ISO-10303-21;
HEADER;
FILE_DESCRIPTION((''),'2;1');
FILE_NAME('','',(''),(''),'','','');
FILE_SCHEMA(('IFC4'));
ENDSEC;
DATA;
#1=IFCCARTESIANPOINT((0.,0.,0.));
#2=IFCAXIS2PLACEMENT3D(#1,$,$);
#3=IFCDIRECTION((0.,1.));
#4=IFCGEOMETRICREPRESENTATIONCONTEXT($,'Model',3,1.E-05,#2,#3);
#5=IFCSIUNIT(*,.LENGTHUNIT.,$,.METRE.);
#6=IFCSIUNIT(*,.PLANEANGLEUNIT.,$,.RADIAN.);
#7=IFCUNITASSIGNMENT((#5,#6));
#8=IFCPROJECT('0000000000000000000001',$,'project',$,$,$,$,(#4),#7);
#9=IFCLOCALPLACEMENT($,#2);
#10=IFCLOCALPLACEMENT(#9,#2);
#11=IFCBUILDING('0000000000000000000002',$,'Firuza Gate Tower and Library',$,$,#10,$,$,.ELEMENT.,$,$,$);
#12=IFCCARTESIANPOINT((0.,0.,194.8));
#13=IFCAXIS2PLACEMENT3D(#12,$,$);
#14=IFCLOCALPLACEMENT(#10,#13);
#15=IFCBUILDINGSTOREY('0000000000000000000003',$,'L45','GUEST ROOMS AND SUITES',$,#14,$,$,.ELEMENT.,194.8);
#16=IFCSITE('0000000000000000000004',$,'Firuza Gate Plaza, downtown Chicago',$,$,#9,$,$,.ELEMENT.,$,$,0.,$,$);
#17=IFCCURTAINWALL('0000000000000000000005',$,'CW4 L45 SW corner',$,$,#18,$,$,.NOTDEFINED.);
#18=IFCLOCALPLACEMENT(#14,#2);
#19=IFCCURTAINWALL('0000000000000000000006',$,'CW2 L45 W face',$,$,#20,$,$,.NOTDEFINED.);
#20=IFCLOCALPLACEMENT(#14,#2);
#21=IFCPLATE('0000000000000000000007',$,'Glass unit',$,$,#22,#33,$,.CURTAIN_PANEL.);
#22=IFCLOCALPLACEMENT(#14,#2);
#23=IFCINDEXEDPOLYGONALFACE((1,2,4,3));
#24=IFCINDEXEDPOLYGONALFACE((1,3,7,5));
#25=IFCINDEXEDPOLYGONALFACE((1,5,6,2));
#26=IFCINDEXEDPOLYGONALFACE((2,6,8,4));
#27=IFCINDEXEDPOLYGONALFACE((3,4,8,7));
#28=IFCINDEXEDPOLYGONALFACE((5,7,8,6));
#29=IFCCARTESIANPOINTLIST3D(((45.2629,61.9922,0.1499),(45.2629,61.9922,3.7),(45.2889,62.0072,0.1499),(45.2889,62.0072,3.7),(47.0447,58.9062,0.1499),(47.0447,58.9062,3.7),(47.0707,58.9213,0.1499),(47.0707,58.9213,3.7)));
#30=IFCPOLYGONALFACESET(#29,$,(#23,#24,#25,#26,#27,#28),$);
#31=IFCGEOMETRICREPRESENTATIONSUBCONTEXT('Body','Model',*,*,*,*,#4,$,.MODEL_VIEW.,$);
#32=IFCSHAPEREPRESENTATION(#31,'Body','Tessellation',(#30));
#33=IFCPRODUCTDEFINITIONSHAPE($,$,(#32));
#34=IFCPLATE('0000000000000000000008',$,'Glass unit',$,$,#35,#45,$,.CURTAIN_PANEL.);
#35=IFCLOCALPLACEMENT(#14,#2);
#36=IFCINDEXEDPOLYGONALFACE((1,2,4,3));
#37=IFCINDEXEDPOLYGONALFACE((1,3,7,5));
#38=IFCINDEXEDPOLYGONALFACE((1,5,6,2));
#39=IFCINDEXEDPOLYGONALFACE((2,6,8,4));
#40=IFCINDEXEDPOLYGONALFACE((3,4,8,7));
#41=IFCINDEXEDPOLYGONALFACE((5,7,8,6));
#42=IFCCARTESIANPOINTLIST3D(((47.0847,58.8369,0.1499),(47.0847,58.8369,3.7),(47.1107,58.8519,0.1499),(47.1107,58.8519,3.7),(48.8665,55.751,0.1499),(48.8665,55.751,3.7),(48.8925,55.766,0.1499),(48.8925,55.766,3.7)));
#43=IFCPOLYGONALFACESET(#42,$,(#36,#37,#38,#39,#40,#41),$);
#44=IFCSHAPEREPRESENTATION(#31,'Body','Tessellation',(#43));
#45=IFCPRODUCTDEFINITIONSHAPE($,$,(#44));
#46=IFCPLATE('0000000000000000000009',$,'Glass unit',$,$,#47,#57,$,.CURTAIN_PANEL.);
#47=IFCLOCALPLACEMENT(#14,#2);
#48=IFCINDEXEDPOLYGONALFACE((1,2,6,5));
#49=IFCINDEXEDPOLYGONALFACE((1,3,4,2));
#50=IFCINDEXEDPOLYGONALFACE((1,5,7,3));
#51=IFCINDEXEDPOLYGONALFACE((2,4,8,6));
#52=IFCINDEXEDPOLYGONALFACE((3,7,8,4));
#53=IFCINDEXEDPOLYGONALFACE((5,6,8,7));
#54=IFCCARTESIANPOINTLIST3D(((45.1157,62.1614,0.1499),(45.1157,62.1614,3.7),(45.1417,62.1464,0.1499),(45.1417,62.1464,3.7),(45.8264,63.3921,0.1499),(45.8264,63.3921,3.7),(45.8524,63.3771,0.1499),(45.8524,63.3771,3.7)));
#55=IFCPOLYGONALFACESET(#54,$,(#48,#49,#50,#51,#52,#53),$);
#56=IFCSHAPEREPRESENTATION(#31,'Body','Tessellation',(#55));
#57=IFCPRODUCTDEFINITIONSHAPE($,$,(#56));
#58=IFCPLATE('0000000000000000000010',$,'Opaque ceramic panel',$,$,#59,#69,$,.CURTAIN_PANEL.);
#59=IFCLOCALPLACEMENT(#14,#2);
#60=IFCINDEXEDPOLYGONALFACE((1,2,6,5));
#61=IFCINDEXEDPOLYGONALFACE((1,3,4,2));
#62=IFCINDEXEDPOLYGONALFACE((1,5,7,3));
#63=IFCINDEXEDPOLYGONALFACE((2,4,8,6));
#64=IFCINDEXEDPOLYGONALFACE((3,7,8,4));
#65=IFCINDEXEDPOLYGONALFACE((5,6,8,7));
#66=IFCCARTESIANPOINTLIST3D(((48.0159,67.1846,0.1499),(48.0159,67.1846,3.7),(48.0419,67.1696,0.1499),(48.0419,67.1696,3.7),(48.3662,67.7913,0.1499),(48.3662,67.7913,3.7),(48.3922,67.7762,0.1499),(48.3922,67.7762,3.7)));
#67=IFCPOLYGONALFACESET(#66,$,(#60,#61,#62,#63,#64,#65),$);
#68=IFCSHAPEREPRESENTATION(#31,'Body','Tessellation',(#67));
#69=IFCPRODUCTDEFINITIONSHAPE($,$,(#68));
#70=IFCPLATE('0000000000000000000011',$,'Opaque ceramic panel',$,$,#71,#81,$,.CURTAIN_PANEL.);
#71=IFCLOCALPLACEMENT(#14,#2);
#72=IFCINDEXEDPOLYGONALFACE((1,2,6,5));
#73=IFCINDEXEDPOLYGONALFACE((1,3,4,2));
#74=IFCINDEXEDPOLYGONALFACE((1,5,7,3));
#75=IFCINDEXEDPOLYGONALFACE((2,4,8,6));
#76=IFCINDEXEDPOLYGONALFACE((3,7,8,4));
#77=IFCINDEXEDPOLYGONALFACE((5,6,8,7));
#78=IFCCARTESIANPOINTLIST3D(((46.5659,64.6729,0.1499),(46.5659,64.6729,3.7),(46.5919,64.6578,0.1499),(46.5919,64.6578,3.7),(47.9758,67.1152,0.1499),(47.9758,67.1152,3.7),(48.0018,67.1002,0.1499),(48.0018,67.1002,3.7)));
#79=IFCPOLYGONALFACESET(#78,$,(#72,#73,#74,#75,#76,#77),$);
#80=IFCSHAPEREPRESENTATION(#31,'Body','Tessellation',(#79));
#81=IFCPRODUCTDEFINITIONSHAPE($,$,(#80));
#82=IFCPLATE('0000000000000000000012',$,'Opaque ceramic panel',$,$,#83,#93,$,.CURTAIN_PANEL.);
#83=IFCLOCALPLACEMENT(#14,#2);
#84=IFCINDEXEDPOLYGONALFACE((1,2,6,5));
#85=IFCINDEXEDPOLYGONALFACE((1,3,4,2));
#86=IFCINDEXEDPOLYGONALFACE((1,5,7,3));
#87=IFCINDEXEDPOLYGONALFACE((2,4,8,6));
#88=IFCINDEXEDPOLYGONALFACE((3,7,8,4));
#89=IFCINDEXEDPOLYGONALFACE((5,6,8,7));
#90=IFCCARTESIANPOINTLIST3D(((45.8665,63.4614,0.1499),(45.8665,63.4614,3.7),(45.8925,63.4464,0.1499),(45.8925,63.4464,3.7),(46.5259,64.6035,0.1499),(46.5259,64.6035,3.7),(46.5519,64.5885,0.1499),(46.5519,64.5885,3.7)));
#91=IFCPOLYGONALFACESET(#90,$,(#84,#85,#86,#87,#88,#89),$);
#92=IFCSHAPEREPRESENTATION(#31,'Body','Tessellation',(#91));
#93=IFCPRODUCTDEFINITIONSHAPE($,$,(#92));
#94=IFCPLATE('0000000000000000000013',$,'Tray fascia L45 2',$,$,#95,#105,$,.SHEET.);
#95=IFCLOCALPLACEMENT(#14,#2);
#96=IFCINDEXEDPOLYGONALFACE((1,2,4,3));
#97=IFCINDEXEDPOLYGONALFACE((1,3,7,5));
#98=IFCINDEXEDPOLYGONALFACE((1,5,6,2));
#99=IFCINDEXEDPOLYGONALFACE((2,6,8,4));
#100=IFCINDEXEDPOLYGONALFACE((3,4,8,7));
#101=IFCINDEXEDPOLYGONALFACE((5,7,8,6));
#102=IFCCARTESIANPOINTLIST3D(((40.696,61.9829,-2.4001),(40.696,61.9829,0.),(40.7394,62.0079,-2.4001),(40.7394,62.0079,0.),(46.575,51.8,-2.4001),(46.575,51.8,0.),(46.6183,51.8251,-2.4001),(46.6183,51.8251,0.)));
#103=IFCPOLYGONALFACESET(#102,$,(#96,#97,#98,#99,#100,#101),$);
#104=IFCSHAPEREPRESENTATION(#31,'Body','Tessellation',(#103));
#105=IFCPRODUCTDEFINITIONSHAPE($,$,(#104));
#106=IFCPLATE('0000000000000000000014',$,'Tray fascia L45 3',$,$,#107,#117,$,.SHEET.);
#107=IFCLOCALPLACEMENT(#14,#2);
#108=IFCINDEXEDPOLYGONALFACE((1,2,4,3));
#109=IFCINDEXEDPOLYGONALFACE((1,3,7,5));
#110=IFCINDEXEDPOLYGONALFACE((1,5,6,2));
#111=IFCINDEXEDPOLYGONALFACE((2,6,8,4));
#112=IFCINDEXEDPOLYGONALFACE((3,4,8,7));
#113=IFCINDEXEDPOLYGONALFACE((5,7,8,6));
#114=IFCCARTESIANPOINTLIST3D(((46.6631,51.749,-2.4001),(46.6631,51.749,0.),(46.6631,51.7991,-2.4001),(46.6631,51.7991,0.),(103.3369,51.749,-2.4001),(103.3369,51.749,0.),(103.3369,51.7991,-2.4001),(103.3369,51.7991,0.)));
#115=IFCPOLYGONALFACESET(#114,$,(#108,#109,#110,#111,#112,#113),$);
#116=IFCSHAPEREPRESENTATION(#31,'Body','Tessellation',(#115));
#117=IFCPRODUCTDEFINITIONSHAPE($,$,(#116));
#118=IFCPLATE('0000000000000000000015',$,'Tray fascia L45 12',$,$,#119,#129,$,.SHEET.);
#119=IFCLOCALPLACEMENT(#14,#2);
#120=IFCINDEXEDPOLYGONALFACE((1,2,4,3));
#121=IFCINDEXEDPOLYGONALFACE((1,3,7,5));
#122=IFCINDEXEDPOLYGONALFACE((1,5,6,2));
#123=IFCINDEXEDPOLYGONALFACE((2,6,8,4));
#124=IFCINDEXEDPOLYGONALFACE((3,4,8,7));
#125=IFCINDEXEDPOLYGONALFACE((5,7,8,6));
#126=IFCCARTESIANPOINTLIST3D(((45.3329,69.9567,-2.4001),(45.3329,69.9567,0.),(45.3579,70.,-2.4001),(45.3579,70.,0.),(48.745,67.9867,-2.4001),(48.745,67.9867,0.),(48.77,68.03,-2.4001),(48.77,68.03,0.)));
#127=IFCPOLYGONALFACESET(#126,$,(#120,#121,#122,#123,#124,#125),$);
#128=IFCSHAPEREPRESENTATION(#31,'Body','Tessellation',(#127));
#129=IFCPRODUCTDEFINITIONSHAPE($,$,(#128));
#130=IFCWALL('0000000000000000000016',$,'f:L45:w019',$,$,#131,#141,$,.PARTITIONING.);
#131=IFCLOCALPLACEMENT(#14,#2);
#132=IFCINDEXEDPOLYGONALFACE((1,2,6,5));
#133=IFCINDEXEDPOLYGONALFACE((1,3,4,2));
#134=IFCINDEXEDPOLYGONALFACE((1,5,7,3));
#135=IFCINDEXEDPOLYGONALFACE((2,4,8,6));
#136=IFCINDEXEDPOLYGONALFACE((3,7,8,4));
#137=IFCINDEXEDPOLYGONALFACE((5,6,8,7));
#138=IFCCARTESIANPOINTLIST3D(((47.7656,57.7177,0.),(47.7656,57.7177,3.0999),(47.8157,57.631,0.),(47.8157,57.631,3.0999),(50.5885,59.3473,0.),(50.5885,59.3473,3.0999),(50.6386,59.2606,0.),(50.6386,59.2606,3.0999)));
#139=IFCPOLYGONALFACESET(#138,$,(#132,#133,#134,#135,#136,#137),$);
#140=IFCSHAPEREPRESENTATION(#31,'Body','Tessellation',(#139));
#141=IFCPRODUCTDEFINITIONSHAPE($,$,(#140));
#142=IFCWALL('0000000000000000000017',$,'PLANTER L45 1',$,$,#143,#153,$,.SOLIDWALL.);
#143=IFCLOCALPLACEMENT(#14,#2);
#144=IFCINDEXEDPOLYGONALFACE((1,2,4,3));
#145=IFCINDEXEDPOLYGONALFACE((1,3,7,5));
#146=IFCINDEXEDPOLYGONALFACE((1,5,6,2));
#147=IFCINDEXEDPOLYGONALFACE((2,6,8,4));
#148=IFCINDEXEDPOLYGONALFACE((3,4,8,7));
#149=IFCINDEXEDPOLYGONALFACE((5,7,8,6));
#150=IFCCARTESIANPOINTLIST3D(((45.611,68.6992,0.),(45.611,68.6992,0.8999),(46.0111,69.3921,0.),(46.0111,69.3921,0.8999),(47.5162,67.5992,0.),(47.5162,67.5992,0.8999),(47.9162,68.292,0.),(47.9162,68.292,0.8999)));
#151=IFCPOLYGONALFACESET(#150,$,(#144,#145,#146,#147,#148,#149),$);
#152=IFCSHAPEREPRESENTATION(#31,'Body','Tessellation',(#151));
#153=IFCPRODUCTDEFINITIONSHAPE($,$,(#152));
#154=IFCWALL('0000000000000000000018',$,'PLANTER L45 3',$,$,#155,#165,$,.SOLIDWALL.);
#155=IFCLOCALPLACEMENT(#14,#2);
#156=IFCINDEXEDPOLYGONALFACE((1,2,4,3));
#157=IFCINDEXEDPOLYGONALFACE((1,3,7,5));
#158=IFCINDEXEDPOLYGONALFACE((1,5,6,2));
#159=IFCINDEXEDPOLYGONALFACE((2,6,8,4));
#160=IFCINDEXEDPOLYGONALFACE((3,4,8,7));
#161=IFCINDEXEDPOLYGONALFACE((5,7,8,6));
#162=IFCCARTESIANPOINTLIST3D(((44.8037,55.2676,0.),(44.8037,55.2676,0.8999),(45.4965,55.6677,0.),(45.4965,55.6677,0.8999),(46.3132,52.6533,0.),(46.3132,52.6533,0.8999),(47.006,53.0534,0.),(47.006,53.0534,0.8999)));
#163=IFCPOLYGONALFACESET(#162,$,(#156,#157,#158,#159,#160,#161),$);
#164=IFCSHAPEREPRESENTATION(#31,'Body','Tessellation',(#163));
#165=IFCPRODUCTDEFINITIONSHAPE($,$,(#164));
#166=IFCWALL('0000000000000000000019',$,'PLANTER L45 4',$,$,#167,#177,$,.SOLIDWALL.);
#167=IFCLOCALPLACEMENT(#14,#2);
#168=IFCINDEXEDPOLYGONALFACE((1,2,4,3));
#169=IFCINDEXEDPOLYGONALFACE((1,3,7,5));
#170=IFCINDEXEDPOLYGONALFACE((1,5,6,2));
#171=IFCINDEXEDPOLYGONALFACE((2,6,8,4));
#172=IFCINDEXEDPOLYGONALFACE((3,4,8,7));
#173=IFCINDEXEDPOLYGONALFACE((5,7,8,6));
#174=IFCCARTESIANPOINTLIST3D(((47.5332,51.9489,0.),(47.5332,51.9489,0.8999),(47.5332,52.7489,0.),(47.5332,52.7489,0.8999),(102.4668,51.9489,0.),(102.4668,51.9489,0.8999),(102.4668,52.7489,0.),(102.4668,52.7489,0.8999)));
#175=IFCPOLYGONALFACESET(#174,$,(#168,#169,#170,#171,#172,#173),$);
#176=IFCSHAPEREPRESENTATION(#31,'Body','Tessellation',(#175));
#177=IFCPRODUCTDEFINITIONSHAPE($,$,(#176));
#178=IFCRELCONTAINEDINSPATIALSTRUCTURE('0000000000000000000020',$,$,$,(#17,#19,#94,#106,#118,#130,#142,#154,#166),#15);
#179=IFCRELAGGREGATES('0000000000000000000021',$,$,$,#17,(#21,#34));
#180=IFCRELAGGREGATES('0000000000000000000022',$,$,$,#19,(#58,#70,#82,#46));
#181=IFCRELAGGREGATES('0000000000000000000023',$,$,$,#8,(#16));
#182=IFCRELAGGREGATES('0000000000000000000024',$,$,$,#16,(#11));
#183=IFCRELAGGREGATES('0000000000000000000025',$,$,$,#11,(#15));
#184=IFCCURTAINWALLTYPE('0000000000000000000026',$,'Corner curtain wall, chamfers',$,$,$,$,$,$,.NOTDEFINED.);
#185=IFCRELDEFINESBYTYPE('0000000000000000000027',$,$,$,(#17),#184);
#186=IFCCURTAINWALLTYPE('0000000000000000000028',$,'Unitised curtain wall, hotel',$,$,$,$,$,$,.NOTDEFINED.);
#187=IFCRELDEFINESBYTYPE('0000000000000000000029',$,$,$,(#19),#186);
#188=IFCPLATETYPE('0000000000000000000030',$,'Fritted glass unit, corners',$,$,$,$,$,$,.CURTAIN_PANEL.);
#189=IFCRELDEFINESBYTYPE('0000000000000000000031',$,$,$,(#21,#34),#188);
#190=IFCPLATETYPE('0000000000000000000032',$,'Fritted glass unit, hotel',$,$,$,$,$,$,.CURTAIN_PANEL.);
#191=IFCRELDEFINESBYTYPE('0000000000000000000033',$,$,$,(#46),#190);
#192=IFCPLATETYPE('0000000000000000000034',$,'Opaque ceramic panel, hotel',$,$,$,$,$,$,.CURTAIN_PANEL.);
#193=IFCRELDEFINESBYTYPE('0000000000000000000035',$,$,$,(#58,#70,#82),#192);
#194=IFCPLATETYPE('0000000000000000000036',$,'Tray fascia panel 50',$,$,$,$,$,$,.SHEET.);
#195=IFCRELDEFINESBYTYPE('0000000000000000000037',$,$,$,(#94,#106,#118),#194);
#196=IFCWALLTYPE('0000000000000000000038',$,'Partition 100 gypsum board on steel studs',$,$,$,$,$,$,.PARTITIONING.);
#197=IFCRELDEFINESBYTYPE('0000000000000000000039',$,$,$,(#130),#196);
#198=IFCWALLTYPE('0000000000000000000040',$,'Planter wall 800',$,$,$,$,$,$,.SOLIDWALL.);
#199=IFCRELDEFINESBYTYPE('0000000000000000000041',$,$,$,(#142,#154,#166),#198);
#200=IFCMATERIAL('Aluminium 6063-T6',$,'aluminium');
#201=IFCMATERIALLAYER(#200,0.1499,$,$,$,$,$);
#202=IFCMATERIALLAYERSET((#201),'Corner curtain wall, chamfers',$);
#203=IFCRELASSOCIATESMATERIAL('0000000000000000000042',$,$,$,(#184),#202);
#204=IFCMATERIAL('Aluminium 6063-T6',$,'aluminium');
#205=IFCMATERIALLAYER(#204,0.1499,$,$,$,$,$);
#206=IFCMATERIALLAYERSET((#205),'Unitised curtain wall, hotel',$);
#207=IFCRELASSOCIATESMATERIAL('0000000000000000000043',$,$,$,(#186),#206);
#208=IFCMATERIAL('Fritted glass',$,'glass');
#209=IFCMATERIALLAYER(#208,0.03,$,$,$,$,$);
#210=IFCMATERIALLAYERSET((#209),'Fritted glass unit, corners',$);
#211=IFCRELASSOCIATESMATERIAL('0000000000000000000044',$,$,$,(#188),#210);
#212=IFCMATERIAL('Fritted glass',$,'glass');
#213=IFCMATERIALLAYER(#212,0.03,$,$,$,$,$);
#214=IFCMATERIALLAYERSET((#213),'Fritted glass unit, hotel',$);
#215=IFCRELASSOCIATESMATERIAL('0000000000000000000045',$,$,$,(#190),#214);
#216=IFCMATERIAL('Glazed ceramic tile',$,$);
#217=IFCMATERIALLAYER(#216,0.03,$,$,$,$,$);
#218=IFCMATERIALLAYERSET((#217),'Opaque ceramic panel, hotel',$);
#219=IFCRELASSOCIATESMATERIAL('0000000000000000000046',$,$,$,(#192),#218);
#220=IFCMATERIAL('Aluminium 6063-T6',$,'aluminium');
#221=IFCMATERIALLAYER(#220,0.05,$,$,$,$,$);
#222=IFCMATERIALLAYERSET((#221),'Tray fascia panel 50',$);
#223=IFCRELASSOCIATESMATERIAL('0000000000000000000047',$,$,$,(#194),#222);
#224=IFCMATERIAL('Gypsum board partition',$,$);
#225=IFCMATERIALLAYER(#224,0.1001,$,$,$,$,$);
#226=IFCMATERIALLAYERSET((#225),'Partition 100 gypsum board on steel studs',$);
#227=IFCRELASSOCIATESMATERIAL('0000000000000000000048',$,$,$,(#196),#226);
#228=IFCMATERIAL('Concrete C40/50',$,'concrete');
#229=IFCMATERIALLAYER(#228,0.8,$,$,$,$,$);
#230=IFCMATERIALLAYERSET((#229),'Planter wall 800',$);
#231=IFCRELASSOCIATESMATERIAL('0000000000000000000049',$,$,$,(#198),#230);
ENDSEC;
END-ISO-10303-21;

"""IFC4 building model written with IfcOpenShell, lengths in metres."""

from ifc_helpers import new_model, si_unit, direction, frame, frame_2d, origin, place, context, subcontext, project, spatial, polyline, rectangle, outline, extrude, material, layer, layer_set, type_object, element, aggregate, save


model = new_model("IFC4")

# Units and contexts
model_context = context("Model", 3, precision=1e-05, world=origin(), true_north=direction((0.0, 1.0)))
body_context = subcontext(model_context, "Body", "Model", "MODEL_VIEW")
ifc_project = project(units=[si_unit("LENGTHUNIT", "METRE"), si_unit("PLANEANGLEUNIT", "RADIAN")], contexts=[model_context])

# Site, building, storey
site_placement = place(None, origin())
site = spatial("IfcSite", under=ifc_project, at=site_placement, Name="Firuza Gate Plaza, downtown Chicago", CompositionType="ELEMENT", RefElevation=0.0)
building_placement = place(site_placement, origin())
building = spatial("IfcBuilding", under=site, at=building_placement, Name="Firuza Gate Tower and Library", CompositionType="ELEMENT")
storey_placement = place(building_placement, frame((0.0, 0.0, 194.8)))
storey = spatial("IfcBuildingStorey", under=building, at=storey_placement, Name="L45", Description="GUEST ROOMS AND SUITES", CompositionType="ELEMENT", Elevation=194.8)

# Curtain walls
ifc_material_1 = material(Name="Aluminium 6063-T6", Category="aluminium")
ifc_layer_1 = layer(ifc_material_1, 0.1499)
ifc_layer_set_1 = layer_set([ifc_layer_1], Name="Corner curtain wall, chamfers")
curtain_wall_type_1 = type_object("IfcCurtainWallType", Name="Corner curtain wall, chamfers", PredefinedType="NOTDEFINED", material=ifc_layer_set_1)
placement = place(storey_placement, origin())
curtain_wall_1 = element("IfcCurtainWall", 1, at=placement, inside=storey, type_object=curtain_wall_type_1, Name="CW4 L45 SW corner", PredefinedType="NOTDEFINED")
ifc_material_2 = material(Name="Aluminium 6063-T6", Category="aluminium")
ifc_layer_2 = layer(ifc_material_2, 0.1499)
ifc_layer_set_2 = layer_set([ifc_layer_2], Name="Unitised curtain wall, hotel")
curtain_wall_type_2 = type_object("IfcCurtainWallType", Name="Unitised curtain wall, hotel", PredefinedType="NOTDEFINED", material=ifc_layer_set_2)
curtain_wall_2 = element("IfcCurtainWall", 2, at=placement, inside=storey, type_object=curtain_wall_type_2, Name="CW2 L45 W face", PredefinedType="NOTDEFINED")

# Plates
ifc_material_3 = material(Name="Fritted glass", Category="glass")
ifc_layer_3 = layer(ifc_material_3, 0.03)
ifc_layer_set_3 = layer_set([ifc_layer_3], Name="Fritted glass unit, corners")
plate_type_1 = type_object("IfcPlateType", Name="Fritted glass unit, corners", PredefinedType="CURTAIN_PANEL", material=ifc_layer_set_3)
plate_1_placement = place(storey_placement, frame((45.2629, 61.9922, 0.1499), z_axis=(-0.866017, -0.500015, 0.0), x_axis=(0.500015, -0.866017, 0.0)))
plate_1 = element("IfcPlate", 3, at=plate_1_placement, type_object=plate_type_1, Name="Glass unit", PredefinedType="CURTAIN_PANEL", context=body_context, shape_type="SweptSolid", body=[
    extrude(outline(polyline([(0.0, 0.0), (3.5634, 0.0), (3.5634, 3.55), (0.0, 3.55), (0.0, 0.0)])), origin(), (0.0, 0.0, -1.0), 0.03),
])
plate_2_placement = place(storey_placement, frame((47.0847, 58.8369, 0.1499), z_axis=(-0.866017, -0.500015, 0.0), x_axis=(0.500015, -0.866017, 0.0)))
plate_2 = element("IfcPlate", 4, at=plate_2_placement, type_object=plate_type_1, Name="Glass unit", PredefinedType="CURTAIN_PANEL", context=body_context, shape_type="SweptSolid", body=[
    extrude(outline(polyline([(0.0, 0.0), (3.5634, 0.0), (3.5634, 3.55), (0.0, 3.55), (0.0, 0.0)])), origin(), (0.0, 0.0, -1.0), 0.03),
])
aggregate(curtain_wall_1, [plate_1, plate_2])
ifc_material_4 = material(Name="Fritted glass", Category="glass")
ifc_layer_4 = layer(ifc_material_4, 0.03)
ifc_layer_set_4 = layer_set([ifc_layer_4], Name="Fritted glass unit, hotel")
plate_type_2 = type_object("IfcPlateType", Name="Fritted glass unit, hotel", PredefinedType="CURTAIN_PANEL", material=ifc_layer_set_4)
plate_3_placement = place(storey_placement, frame((45.8264, 63.3921, 0.1499), z_axis=(-0.865982, 0.500074, 0.0), x_axis=(-0.500074, -0.865982, 0.0)))
plate_3 = element("IfcPlate", 5, at=plate_3_placement, type_object=plate_type_2, Name="Glass unit", PredefinedType="CURTAIN_PANEL", context=body_context, shape_type="SweptSolid", body=[
    extrude(outline(polyline([(0.0, 0.0), (1.4212, 0.0), (1.4212, 3.55), (0.0, 3.55), (0.0, 0.0)])), origin(), (0.0, 0.0, -1.0), 0.03),
])
ifc_material_5 = material(Name="Glazed ceramic tile")
ifc_layer_5 = layer(ifc_material_5, 0.03)
ifc_layer_set_5 = layer_set([ifc_layer_5], Name="Opaque ceramic panel, hotel")
plate_type_3 = type_object("IfcPlateType", Name="Opaque ceramic panel, hotel", PredefinedType="CURTAIN_PANEL", material=ifc_layer_set_5)
plate_4_placement = place(storey_placement, frame((48.3662, 67.7913, 0.1499), z_axis=(-0.865982, 0.500074, 0.0), x_axis=(-0.500074, -0.865982, 0.0)))
plate_4 = element("IfcPlate", 6, at=plate_4_placement, type_object=plate_type_3, Name="Opaque ceramic panel", PredefinedType="CURTAIN_PANEL", context=body_context, shape_type="SweptSolid", body=[
    extrude(outline(polyline([(0.0, 0.0), (0.7006, 0.0), (0.7006, 3.55), (0.0, 3.55), (0.0, 0.0)])), origin(), (0.0, 0.0, -1.0), 0.03),
])
plate_5_placement = place(storey_placement, frame((47.9758, 67.1152, 0.1499), z_axis=(-0.866056, 0.499947, 0.0), x_axis=(-0.499947, -0.866056, 0.0)))
plate_5 = element("IfcPlate", 7, at=plate_5_placement, type_object=plate_type_3, Name="Opaque ceramic panel", PredefinedType="CURTAIN_PANEL", context=body_context, shape_type="SweptSolid", body=[
    extrude(outline(polyline([(0.0, 0.0), (2.8201, 0.0), (2.8201, 3.55), (0.0, 3.55), (0.0, 0.0)])), origin(), (0.0, 0.0, -1.0), 0.03),
])
plate_6_placement = place(storey_placement, frame((46.5259, 64.6035, 0.1499), z_axis=(-0.866013, 0.500022, 0.0), x_axis=(-0.500022, -0.866013, 0.0)))
plate_6 = element("IfcPlate", 8, at=plate_6_placement, type_object=plate_type_3, Name="Opaque ceramic panel", PredefinedType="CURTAIN_PANEL", context=body_context, shape_type="SweptSolid", body=[
    extrude(outline(polyline([(0.0, 0.0), (1.3188, 0.0), (1.3188, 3.55), (0.0, 3.55), (0.0, 0.0)])), origin(), (0.0, 0.0, -1.0), 0.03),
])
aggregate(curtain_wall_2, [plate_4, plate_5, plate_6, plate_3])

# Plates
ifc_material_6 = material(Name="Aluminium 6063-T6", Category="aluminium")
ifc_layer_6 = layer(ifc_material_6, 0.05)
ifc_layer_set_6 = layer_set([ifc_layer_6], Name="Tray fascia panel 50")
plate_type_4 = type_object("IfcPlateType", Name="Tray fascia panel 50", PredefinedType="SHEET", material=ifc_layer_set_6)
plate_7_placement = place(storey_placement, frame((40.696, 61.9829, -2.4001), z_axis=(-0.866032, -0.499989, 0.0), x_axis=(0.499989, -0.866032, 0.0)))
element("IfcPlate", 9, at=plate_7_placement, inside=storey, type_object=plate_type_4, Name="Tray fascia L45 2", PredefinedType="SHEET", context=body_context, shape_type="SweptSolid", body=[
    extrude(outline(polyline([(0.0, 0.0), (11.7581, 0.0), (11.7581, 2.4001), (0.0, 2.4001), (0.0, 0.0)])), origin(), (0.0, 0.0, -1.0), 0.05),
])
plate_8_placement = place(storey_placement, frame((46.6631, 51.749, -2.4001), z_axis=(0.0, -1.0, 0.0), x_axis=(1.0, 0.0, 0.0)))
element("IfcPlate", 10, at=plate_8_placement, inside=storey, type_object=plate_type_4, Name="Tray fascia L45 3", PredefinedType="SHEET", context=body_context, shape_type="SweptSolid", body=[
    extrude(outline(polyline([(0.0, 0.0), (56.6738, 0.0), (56.6738, 2.4001), (0.0, 2.4001), (0.0, 0.0)])), origin(), (0.0, 0.0, -1.0), 0.05),
])
plate_9_placement = place(storey_placement, frame((48.77, 68.03, -2.4001), z_axis=(0.499998, 0.866027, 0.0), x_axis=(-0.866027, 0.499998, 0.0)))
element("IfcPlate", 11, at=plate_9_placement, inside=storey, type_object=plate_type_4, Name="Tray fascia L45 12", PredefinedType="SHEET", context=body_context, shape_type="SweptSolid", body=[
    extrude(outline(polyline([(0.0, 0.0), (3.94, 0.0), (3.94, 2.4001), (0.0, 2.4001), (0.0, 0.0)])), origin(), (0.0, 0.0, -1.0), 0.05),
])

# Walls
ifc_material_7 = material(Name="Gypsum board partition")
ifc_layer_7 = layer(ifc_material_7, 0.1001)
ifc_layer_set_7 = layer_set([ifc_layer_7], Name="Partition 100 gypsum board on steel studs")
wall_type_1 = type_object("IfcWallType", Name="Partition 100 gypsum board on steel studs", PredefinedType="PARTITIONING", material=ifc_layer_set_7)
wall_1_placement = place(storey_placement, frame((47.7905, 57.6743, 0.0), z_axis=(0.0, 0.0, 1.0), x_axis=(0.866055, 0.499949, 0.0)))
element("IfcWall", 12, at=wall_1_placement, inside=storey, type_object=wall_type_1, Name="f:L45:w019", PredefinedType="PARTITIONING", context=body_context, shape_type="SweptSolid", body=[
    extrude(rectangle(XDim=3.2595, YDim=0.1001, at=frame_2d((1.6299, 0.0))), origin(), (0.0, 0.0, 1.0), 3.0999),
])
ifc_material_8 = material(Name="Concrete C40/50", Category="concrete")
ifc_layer_8 = layer(ifc_material_8, 0.8)
ifc_layer_set_8 = layer_set([ifc_layer_8], Name="Planter wall 800")
wall_type_2 = type_object("IfcWallType", Name="Planter wall 800", PredefinedType="SOLIDWALL", material=ifc_layer_set_8)
wall_2_placement = place(storey_placement, frame((47.7163, 67.9456, 0.0), z_axis=(0.0, 0.0, 1.0), x_axis=(-0.866008, 0.50003, 0.0)))
element("IfcWall", 13, at=wall_2_placement, inside=storey, type_object=wall_type_2, Name="PLANTER L45 1", PredefinedType="SOLIDWALL", context=body_context, shape_type="SweptSolid", body=[
    extrude(rectangle(XDim=2.2, YDim=0.8, at=frame_2d((1.1001, 0.0))), origin(), (0.0, 0.0, 1.0), 0.8999),
])
wall_3_placement = place(storey_placement, frame((45.1501, 55.4675, 0.0), z_axis=(0.0, 0.0, 1.0), x_axis=(0.500044, -0.866, 0.0)))
element("IfcWall", 14, at=wall_3_placement, inside=storey, type_object=wall_type_2, Name="PLANTER L45 3", PredefinedType="SOLIDWALL", context=body_context, shape_type="SweptSolid", body=[
    extrude(rectangle(XDim=3.0188, YDim=0.8, at=frame_2d((1.5093, 0.0))), origin(), (0.0, 0.0, 1.0), 0.8999),
])
wall_4_placement = place(storey_placement, frame((47.5332, 52.3489, 0.0), z_axis=(0.0, 0.0, 1.0), x_axis=(1.0, 0.0, 0.0)))
element("IfcWall", 15, at=wall_4_placement, inside=storey, type_object=wall_type_2, Name="PLANTER L45 4", PredefinedType="SOLIDWALL", context=body_context, shape_type="SweptSolid", body=[
    extrude(rectangle(XDim=54.9336, YDim=0.8, at=frame_2d((27.4668, 0.0))), origin(), (0.0, 0.0, 1.0), 0.8999),
])

save(model, "model.ifc")
